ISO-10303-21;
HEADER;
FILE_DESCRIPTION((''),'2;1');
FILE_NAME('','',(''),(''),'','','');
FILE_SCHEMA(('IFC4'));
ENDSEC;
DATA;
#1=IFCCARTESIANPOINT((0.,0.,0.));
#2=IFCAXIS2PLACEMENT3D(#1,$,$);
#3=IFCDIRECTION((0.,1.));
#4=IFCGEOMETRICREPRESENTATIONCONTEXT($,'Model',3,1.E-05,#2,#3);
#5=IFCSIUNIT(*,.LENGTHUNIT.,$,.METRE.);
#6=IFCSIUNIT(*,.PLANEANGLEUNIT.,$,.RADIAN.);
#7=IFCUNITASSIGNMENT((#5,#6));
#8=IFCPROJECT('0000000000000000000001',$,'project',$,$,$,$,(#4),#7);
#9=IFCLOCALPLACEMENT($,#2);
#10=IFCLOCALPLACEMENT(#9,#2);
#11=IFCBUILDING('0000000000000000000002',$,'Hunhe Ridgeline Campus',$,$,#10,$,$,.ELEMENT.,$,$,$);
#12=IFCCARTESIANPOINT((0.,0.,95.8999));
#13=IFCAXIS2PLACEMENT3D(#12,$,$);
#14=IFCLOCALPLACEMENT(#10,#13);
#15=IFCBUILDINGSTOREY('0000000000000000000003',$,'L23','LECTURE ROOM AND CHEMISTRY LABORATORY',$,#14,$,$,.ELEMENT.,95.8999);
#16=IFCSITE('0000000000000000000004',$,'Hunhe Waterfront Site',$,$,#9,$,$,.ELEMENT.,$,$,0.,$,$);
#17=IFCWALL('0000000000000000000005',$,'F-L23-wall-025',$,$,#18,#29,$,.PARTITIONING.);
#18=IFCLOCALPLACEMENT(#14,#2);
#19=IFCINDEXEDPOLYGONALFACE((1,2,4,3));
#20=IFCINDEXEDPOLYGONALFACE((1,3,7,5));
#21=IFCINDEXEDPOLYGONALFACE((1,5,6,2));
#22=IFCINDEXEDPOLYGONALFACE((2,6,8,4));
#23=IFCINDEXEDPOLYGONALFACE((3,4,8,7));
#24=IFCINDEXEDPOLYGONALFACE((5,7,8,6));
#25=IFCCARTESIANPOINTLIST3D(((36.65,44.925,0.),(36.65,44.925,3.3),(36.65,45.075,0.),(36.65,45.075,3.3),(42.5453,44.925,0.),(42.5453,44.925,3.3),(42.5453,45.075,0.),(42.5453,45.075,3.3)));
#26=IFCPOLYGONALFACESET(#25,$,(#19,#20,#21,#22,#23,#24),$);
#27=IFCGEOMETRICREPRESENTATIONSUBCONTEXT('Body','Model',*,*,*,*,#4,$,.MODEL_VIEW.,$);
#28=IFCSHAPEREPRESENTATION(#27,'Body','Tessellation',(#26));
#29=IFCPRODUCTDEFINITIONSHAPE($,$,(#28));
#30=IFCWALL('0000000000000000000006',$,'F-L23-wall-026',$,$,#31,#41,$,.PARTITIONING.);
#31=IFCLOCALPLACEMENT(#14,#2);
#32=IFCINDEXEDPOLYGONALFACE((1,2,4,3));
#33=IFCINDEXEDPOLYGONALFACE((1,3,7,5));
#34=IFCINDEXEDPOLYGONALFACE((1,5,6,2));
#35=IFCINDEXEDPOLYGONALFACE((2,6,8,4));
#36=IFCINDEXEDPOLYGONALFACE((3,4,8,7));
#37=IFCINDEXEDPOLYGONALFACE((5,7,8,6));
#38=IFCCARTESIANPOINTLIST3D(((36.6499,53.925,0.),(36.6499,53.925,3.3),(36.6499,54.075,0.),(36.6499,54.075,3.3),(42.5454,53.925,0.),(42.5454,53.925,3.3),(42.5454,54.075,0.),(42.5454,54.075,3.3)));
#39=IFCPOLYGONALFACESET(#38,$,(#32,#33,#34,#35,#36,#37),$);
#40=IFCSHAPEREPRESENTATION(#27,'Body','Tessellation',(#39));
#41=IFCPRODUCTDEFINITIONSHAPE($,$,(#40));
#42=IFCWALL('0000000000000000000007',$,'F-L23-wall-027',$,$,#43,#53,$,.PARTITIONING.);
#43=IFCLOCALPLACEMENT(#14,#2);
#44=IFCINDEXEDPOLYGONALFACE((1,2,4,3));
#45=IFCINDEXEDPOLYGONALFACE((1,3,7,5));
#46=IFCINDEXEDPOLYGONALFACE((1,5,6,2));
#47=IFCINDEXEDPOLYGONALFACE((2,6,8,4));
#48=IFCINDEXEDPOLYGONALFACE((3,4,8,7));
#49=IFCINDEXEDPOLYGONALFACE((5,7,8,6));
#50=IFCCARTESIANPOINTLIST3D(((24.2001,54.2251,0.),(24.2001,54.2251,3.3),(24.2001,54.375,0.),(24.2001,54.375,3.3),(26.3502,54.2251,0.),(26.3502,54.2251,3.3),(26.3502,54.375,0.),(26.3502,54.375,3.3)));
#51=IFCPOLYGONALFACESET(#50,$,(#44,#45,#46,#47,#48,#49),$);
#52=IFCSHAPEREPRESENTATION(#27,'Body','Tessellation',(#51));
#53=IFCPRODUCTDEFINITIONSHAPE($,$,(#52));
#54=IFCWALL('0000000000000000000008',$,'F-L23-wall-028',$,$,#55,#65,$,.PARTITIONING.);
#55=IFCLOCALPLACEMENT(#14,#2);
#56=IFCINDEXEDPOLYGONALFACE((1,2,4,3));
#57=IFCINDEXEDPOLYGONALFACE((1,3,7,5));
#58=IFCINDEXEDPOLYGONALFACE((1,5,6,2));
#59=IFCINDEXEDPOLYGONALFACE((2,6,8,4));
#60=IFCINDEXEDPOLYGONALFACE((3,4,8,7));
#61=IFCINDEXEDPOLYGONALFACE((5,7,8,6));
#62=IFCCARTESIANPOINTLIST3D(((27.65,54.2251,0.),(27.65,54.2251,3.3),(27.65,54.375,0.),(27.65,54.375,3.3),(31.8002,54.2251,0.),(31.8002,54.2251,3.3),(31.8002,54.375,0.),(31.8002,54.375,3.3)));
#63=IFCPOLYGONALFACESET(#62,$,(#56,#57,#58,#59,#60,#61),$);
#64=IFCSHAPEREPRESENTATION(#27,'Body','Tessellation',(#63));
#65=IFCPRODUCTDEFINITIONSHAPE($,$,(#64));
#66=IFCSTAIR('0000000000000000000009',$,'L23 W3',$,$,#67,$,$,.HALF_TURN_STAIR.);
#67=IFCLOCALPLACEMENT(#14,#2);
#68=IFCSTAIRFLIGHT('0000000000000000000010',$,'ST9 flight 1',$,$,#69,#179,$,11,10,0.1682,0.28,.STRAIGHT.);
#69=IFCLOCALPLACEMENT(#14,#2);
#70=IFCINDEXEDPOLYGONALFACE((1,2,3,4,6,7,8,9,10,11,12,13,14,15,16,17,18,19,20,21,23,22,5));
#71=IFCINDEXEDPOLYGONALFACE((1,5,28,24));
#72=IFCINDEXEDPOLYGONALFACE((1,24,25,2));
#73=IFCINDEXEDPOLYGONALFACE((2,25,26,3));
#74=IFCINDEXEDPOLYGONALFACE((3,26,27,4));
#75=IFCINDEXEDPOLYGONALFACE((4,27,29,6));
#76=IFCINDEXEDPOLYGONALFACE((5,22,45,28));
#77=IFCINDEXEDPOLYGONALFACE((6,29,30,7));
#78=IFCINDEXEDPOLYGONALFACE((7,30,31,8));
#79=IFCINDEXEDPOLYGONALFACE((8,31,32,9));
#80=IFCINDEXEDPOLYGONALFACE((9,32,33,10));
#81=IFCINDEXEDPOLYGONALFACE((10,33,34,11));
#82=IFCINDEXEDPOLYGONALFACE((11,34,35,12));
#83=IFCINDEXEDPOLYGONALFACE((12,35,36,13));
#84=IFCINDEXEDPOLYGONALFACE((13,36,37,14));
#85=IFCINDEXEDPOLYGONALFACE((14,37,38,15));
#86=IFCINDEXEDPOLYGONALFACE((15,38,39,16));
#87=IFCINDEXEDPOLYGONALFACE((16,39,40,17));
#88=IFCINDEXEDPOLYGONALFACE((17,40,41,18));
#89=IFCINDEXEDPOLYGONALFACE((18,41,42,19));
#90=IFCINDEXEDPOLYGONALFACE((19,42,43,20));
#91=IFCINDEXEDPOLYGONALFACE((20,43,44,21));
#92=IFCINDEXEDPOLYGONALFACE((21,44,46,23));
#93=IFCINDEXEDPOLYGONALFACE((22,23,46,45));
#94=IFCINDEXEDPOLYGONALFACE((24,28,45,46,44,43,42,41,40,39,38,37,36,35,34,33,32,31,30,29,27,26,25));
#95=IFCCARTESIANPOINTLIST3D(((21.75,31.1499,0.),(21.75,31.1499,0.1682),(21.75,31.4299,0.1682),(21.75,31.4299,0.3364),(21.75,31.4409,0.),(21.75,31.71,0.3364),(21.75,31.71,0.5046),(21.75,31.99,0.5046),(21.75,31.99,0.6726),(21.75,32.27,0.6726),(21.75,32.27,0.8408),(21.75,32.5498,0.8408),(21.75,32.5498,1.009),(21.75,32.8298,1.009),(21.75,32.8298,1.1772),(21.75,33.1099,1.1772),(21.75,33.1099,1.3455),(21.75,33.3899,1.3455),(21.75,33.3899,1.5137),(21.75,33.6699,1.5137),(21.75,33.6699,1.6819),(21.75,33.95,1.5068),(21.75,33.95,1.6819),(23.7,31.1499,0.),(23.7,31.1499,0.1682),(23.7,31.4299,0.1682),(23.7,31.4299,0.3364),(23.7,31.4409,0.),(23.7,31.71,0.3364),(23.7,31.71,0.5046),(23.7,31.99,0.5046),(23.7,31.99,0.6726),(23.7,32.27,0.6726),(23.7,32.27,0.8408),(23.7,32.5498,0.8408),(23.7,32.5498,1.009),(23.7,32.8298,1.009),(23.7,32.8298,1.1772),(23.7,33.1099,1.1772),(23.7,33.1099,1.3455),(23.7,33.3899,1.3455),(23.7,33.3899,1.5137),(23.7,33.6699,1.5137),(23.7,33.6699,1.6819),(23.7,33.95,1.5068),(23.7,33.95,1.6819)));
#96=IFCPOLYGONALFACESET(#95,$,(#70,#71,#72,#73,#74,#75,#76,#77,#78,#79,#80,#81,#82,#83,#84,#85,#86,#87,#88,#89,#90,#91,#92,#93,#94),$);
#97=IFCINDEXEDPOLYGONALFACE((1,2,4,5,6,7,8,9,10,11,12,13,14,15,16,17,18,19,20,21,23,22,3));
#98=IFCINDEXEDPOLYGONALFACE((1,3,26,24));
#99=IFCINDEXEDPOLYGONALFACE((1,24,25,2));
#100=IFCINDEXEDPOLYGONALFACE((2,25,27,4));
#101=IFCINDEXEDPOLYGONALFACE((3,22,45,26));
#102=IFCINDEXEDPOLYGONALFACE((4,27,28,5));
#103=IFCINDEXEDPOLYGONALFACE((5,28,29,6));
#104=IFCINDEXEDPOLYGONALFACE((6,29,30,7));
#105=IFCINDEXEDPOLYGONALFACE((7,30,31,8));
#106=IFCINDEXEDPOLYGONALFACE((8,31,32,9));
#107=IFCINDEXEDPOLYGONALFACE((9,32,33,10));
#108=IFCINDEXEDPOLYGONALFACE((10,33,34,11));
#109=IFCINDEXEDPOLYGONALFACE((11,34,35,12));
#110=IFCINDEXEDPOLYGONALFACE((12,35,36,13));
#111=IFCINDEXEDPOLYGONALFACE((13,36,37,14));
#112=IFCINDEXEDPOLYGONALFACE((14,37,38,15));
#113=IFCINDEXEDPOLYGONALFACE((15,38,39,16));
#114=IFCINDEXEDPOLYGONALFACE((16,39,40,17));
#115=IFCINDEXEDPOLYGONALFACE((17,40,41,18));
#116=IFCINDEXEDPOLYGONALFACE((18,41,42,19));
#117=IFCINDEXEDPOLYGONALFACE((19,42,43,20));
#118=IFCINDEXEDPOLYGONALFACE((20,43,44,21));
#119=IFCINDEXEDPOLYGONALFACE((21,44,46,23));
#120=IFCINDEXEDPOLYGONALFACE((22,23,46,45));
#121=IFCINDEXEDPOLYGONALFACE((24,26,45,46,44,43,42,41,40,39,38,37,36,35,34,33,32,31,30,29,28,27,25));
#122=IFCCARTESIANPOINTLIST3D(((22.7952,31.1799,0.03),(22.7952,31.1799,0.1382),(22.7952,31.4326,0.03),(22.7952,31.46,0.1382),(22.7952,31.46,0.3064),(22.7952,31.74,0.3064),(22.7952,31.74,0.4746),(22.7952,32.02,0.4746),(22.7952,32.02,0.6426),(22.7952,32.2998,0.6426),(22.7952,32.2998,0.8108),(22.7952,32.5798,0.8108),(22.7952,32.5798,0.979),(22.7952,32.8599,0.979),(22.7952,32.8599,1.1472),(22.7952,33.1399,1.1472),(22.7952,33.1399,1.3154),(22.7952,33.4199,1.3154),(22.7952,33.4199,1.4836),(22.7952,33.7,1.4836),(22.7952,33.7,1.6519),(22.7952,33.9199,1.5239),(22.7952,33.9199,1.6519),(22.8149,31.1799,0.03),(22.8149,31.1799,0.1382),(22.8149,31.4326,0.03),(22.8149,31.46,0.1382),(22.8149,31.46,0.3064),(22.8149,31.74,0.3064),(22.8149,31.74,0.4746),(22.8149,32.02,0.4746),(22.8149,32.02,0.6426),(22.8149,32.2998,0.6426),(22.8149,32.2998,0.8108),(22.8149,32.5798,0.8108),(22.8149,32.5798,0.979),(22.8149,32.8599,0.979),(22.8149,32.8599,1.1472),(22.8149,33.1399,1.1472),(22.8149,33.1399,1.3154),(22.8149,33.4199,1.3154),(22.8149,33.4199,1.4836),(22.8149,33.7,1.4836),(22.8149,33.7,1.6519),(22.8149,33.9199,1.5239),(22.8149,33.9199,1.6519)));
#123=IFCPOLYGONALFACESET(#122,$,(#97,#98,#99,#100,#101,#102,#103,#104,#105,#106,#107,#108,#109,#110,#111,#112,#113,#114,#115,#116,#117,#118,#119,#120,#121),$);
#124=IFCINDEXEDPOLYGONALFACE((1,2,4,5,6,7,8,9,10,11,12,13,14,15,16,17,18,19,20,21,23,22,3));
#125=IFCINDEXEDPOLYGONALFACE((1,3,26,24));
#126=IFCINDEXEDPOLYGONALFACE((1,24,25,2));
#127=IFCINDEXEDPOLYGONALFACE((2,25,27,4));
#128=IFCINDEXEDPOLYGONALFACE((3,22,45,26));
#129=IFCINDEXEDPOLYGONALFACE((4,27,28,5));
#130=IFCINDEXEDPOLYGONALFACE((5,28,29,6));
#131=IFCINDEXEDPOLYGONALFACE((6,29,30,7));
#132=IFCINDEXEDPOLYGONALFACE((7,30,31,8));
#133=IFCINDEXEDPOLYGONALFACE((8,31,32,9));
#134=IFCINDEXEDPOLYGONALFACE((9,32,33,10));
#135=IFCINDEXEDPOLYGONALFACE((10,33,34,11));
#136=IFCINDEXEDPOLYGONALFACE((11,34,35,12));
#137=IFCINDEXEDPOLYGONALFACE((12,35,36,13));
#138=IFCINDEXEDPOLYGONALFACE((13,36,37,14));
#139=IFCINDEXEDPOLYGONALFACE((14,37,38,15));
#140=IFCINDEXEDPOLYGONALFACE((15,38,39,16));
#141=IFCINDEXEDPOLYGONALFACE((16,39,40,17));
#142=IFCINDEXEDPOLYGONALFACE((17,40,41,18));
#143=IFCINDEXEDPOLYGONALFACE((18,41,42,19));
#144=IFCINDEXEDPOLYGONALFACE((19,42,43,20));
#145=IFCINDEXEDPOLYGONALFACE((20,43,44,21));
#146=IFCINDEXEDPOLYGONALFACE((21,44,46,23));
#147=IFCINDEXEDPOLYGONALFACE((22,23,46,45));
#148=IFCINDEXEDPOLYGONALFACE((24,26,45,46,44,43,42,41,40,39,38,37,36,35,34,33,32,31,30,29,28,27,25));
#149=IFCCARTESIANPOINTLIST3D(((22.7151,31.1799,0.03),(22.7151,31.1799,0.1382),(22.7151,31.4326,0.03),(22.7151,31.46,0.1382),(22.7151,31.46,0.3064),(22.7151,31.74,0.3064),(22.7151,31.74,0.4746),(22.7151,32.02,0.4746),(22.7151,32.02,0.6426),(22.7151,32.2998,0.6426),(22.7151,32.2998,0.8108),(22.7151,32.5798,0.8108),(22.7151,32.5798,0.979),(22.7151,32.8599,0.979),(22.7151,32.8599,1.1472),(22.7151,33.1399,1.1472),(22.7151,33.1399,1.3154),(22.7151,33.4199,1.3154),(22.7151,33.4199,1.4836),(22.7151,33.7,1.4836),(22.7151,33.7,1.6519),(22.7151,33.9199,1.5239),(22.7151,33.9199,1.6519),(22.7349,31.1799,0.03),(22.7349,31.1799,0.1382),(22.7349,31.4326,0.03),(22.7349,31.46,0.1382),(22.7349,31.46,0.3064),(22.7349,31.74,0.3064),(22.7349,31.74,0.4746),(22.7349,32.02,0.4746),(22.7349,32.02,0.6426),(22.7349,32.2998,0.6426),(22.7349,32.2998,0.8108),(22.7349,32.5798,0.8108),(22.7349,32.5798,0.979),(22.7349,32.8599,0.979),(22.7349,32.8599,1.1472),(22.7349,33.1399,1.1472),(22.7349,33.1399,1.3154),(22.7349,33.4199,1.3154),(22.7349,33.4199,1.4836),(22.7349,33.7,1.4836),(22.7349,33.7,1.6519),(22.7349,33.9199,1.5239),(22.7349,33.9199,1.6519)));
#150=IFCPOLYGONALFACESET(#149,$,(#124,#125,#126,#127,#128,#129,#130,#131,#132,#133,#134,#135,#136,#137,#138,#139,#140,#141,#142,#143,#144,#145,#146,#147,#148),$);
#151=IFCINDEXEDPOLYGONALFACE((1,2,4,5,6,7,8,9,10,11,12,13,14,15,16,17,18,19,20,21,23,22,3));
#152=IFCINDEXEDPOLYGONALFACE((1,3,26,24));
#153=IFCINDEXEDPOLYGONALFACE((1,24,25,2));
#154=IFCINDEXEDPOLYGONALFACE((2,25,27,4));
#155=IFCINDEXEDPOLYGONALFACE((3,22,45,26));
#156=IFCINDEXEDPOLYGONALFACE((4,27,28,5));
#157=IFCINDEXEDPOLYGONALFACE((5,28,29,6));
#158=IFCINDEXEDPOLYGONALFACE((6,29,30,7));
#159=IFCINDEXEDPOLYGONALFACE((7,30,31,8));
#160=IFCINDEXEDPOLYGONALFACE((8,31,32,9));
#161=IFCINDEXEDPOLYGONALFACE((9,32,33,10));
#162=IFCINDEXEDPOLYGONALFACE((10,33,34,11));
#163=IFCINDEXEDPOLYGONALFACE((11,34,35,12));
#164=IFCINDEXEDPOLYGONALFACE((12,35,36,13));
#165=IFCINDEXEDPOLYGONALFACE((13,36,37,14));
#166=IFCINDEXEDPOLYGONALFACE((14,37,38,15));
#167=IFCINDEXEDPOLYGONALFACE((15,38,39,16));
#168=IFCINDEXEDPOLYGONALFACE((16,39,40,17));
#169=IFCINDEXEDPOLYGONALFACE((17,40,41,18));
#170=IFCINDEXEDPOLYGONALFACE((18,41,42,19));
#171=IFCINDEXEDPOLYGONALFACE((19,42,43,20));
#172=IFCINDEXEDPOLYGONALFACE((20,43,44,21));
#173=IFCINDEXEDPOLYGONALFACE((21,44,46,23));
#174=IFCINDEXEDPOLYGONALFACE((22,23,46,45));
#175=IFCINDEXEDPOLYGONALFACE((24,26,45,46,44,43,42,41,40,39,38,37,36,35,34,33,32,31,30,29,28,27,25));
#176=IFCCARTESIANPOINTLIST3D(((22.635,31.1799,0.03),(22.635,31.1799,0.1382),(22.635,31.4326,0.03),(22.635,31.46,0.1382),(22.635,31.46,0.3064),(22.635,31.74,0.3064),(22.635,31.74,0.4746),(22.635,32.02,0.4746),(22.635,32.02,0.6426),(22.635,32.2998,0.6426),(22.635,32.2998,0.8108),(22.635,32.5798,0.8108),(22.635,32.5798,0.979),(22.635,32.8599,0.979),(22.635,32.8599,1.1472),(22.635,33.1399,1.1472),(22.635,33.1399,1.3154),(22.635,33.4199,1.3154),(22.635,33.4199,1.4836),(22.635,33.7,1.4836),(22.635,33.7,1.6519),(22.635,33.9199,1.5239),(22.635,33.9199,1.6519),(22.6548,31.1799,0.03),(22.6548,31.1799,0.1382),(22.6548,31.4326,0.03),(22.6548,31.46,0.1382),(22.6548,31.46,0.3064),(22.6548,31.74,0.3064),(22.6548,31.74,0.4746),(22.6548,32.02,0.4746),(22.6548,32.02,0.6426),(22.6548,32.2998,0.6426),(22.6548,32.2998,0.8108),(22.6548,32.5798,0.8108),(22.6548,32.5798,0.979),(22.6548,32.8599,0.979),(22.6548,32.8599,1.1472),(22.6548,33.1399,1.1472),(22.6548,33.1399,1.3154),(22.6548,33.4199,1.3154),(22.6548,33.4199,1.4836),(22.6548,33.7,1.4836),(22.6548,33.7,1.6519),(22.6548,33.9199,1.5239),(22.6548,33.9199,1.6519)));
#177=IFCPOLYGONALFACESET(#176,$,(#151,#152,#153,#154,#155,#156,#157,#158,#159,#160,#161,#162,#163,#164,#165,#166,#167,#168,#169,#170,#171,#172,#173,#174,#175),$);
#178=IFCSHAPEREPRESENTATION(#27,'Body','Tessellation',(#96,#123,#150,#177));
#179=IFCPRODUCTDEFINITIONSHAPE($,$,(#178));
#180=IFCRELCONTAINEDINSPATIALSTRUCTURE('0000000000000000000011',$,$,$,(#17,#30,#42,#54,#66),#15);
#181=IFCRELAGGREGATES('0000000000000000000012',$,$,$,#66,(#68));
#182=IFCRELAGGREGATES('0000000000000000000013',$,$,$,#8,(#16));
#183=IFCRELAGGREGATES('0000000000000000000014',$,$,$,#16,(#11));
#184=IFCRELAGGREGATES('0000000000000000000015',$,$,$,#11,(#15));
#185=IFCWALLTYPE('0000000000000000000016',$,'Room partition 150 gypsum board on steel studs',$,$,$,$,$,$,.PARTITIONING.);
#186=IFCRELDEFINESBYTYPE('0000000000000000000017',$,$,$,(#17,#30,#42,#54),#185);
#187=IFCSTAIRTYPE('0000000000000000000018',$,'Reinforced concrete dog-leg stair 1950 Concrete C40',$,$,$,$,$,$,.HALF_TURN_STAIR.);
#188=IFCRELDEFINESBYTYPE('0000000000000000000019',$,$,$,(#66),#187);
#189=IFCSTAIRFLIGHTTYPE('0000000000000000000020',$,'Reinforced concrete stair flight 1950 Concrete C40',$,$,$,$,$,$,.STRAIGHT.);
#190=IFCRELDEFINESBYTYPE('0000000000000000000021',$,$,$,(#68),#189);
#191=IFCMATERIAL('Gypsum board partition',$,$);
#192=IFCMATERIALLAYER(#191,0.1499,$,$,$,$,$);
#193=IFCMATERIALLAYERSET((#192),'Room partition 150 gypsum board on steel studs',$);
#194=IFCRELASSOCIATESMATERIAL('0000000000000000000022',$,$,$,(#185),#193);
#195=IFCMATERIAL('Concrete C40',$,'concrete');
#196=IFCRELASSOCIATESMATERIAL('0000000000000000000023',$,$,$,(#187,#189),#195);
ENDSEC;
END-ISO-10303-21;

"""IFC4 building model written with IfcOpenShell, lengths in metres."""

from ifc_helpers import new_model, si_unit, direction, frame, frame_2d, origin, place, context, subcontext, project, spatial, polyline, rectangle, outline, extrude, material, layer, layer_set, type_object, element, aggregate, save


model = new_model("IFC4")

# Units and contexts
model_context = context("Model", 3, precision=1e-05, world=origin(), true_north=direction((0.0, 1.0)))
body_context = subcontext(model_context, "Body", "Model", "MODEL_VIEW")
ifc_project = project(units=[si_unit("LENGTHUNIT", "METRE"), si_unit("PLANEANGLEUNIT", "RADIAN")], contexts=[model_context])

# Site, building, storey
site_placement = place(None, origin())
site = spatial("IfcSite", under=ifc_project, at=site_placement, Name="Hunhe Waterfront Site", CompositionType="ELEMENT", RefElevation=0.0)
building_placement = place(site_placement, origin())
building = spatial("IfcBuilding", under=site, at=building_placement, Name="Hunhe Ridgeline Campus", CompositionType="ELEMENT")
storey_placement = place(building_placement, frame((0.0, 0.0, 95.8999)))
storey = spatial("IfcBuildingStorey", under=building, at=storey_placement, Name="L23", Description="LECTURE ROOM AND CHEMISTRY LABORATORY", CompositionType="ELEMENT", Elevation=95.8999)

# Shared definitions
ifc_material_1 = material(Name="Gypsum board partition")

# Walls
ifc_layer_1 = layer(ifc_material_1, 0.1499)
ifc_layer_set_1 = layer_set([ifc_layer_1], Name="Room partition 150 gypsum board on steel studs")
wall_type_1 = type_object("IfcWallType", Name="Room partition 150 gypsum board on steel studs", PredefinedType="PARTITIONING", material=ifc_layer_set_1)
wall_1_placement = place(storey_placement, frame((36.6499, 45.0, 0.0), z_axis=(0.0, 0.0, 1.0), x_axis=(1.0, 0.0, 0.0)))
element("IfcWall", 1, at=wall_1_placement, inside=storey, type_object=wall_type_1, Name="F-L23-wall-025", PredefinedType="PARTITIONING", context=body_context, shape_type="SweptSolid", body=[
    extrude(rectangle(XDim=5.8953, YDim=0.1499, at=frame_2d((2.9478, 0.0))), origin(), (0.0, 0.0, 1.0), 3.3),
])
wall_2_placement = place(storey_placement, frame((36.6499, 54.0, 0.0), z_axis=(0.0, 0.0, 1.0), x_axis=(1.0, 0.0, 0.0)))
element("IfcWall", 2, at=wall_2_placement, inside=storey, type_object=wall_type_1, Name="F-L23-wall-026", PredefinedType="PARTITIONING", context=body_context, shape_type="SweptSolid", body=[
    extrude(rectangle(XDim=5.8955, YDim=0.1499, at=frame_2d((2.9478, 0.0))), origin(), (0.0, 0.0, 1.0), 3.3),
])
wall_3_placement = place(storey_placement, frame((24.2, 54.3, 0.0), z_axis=(0.0, 0.0, 1.0), x_axis=(1.0, 0.0, 0.0)))
element("IfcWall", 3, at=wall_3_placement, inside=storey, type_object=wall_type_1, Name="F-L23-wall-027", PredefinedType="PARTITIONING", context=body_context, shape_type="SweptSolid", body=[
    extrude(rectangle(XDim=2.1501, YDim=0.1499, at=frame_2d((1.0752, 0.0))), origin(), (0.0, 0.0, 1.0), 3.3),
])
wall_4_placement = place(storey_placement, frame((27.6499, 54.3, 0.0), z_axis=(0.0, 0.0, 1.0), x_axis=(1.0, 0.0, 0.0)))
element("IfcWall", 4, at=wall_4_placement, inside=storey, type_object=wall_type_1, Name="F-L23-wall-028", PredefinedType="PARTITIONING", context=body_context, shape_type="SweptSolid", body=[
    extrude(rectangle(XDim=4.1501, YDim=0.1499, at=frame_2d((2.0752, 0.0))), origin(), (0.0, 0.0, 1.0), 3.3),
])

# Stair, stair flight
ifc_material_2 = material(Name="Concrete C40", Category="concrete")
stair_type = type_object("IfcStairType", Name="Reinforced concrete dog-leg stair 1950 Concrete C40", PredefinedType="HALF_TURN_STAIR", material=ifc_material_2)
stair_placement = place(storey_placement, origin())
stair = element("IfcStair", 5, at=stair_placement, inside=storey, type_object=stair_type, Name="L23 W3", PredefinedType="HALF_TURN_STAIR")
stair_flight_type = type_object("IfcStairFlightType", Name="Reinforced concrete stair flight 1950 Concrete C40", PredefinedType="STRAIGHT", material=ifc_material_2)
stair_flight_placement = place(storey_placement, frame((22.7251, 31.1499, 0.0), z_axis=(0.0, 0.0, 1.0), x_axis=(0.0, 1.0, 0.0)))
stair_flight = element("IfcStairFlight", 6, at=stair_flight_placement, type_object=stair_flight_type, Name="ST9 flight 1", NumberOfRisers=11, NumberOfTreads=10, PredefinedType="STRAIGHT", RiserHeight=0.1682, TreadLength=0.28, context=body_context, shape_type="SweptSolid", body=[
    extrude(outline(polyline([(0.0, 0.0), (0.0, 0.1682), (0.28, 0.1682), (0.28, 0.3364), (0.5601, 0.3364), (0.5601, 0.5046), (0.8401, 0.5046), (0.8401, 0.6726), (1.1201, 0.6726), (1.1201, 0.8408), (1.3999, 0.8408), (1.3999, 1.009), (1.6799, 1.009), (1.6799, 1.1772), (1.96, 1.1772), (1.96, 1.3455), (2.24, 1.3455), (2.24, 1.5137), (2.52, 1.5137), (2.52, 1.6819), (2.8, 1.6819), (2.8, 1.8501), (2.8, 1.5068), (0.291, 0.0), (0.0, 0.0)])), frame((0.0, 0.9751, 0.0), z_axis=(0.0, -1.0, 0.0), x_axis=(1.0, 0.0, 0.0)), (0.0, 0.0, 1.0), 1.95),
    extrude(outline(polyline([(0.03, 0.03), (0.03, 0.1382), (0.3101, 0.1382), (0.3101, 0.3064), (0.5901, 0.3064), (0.5901, 0.4746), (0.8701, 0.4746), (0.8701, 0.6426), (1.1499, 0.6426), (1.1499, 0.8108), (1.4299, 0.8108), (1.4299, 0.979), (1.71, 0.979), (1.71, 1.1472), (1.99, 1.1472), (1.99, 1.3154), (2.27, 1.3154), (2.27, 1.4836), (2.55, 1.4836), (2.55, 1.6519), (2.77, 1.6519), (2.77, 1.5239), (0.2827, 0.03), (0.03, 0.03)])), frame((0.0, -0.0701, 0.0), z_axis=(0.0, -1.0, 0.0), x_axis=(1.0, 0.0, 0.0)), (0.0, 0.0, 1.0), 0.0198),
    extrude(outline(polyline([(0.03, 0.03), (0.03, 0.1382), (0.3101, 0.1382), (0.3101, 0.3064), (0.5901, 0.3064), (0.5901, 0.4746), (0.8701, 0.4746), (0.8701, 0.6426), (1.1499, 0.6426), (1.1499, 0.8108), (1.4299, 0.8108), (1.4299, 0.979), (1.71, 0.979), (1.71, 1.1472), (1.99, 1.1472), (1.99, 1.3154), (2.27, 1.3154), (2.27, 1.4836), (2.55, 1.4836), (2.55, 1.6519), (2.77, 1.6519), (2.77, 1.5239), (0.2827, 0.03), (0.03, 0.03)])), frame((0.0, 0.01, 0.0), z_axis=(0.0, -1.0, 0.0), x_axis=(1.0, 0.0, 0.0)), (0.0, 0.0, 1.0), 0.0198),
    extrude(outline(polyline([(0.03, 0.03), (0.03, 0.1382), (0.3101, 0.1382), (0.3101, 0.3064), (0.5901, 0.3064), (0.5901, 0.4746), (0.8701, 0.4746), (0.8701, 0.6426), (1.1499, 0.6426), (1.1499, 0.8108), (1.4299, 0.8108), (1.4299, 0.979), (1.71, 0.979), (1.71, 1.1472), (1.99, 1.1472), (1.99, 1.3154), (2.27, 1.3154), (2.27, 1.4836), (2.55, 1.4836), (2.55, 1.6519), (2.77, 1.6519), (2.77, 1.5239), (0.2827, 0.03), (0.03, 0.03)])), frame((0.0, 0.0901, 0.0), z_axis=(0.0, -1.0, 0.0), x_axis=(1.0, 0.0, 0.0)), (0.0, 0.0, 1.0), 0.0198),
])
aggregate(stair, [stair_flight])

save(model, "model.ifc")
